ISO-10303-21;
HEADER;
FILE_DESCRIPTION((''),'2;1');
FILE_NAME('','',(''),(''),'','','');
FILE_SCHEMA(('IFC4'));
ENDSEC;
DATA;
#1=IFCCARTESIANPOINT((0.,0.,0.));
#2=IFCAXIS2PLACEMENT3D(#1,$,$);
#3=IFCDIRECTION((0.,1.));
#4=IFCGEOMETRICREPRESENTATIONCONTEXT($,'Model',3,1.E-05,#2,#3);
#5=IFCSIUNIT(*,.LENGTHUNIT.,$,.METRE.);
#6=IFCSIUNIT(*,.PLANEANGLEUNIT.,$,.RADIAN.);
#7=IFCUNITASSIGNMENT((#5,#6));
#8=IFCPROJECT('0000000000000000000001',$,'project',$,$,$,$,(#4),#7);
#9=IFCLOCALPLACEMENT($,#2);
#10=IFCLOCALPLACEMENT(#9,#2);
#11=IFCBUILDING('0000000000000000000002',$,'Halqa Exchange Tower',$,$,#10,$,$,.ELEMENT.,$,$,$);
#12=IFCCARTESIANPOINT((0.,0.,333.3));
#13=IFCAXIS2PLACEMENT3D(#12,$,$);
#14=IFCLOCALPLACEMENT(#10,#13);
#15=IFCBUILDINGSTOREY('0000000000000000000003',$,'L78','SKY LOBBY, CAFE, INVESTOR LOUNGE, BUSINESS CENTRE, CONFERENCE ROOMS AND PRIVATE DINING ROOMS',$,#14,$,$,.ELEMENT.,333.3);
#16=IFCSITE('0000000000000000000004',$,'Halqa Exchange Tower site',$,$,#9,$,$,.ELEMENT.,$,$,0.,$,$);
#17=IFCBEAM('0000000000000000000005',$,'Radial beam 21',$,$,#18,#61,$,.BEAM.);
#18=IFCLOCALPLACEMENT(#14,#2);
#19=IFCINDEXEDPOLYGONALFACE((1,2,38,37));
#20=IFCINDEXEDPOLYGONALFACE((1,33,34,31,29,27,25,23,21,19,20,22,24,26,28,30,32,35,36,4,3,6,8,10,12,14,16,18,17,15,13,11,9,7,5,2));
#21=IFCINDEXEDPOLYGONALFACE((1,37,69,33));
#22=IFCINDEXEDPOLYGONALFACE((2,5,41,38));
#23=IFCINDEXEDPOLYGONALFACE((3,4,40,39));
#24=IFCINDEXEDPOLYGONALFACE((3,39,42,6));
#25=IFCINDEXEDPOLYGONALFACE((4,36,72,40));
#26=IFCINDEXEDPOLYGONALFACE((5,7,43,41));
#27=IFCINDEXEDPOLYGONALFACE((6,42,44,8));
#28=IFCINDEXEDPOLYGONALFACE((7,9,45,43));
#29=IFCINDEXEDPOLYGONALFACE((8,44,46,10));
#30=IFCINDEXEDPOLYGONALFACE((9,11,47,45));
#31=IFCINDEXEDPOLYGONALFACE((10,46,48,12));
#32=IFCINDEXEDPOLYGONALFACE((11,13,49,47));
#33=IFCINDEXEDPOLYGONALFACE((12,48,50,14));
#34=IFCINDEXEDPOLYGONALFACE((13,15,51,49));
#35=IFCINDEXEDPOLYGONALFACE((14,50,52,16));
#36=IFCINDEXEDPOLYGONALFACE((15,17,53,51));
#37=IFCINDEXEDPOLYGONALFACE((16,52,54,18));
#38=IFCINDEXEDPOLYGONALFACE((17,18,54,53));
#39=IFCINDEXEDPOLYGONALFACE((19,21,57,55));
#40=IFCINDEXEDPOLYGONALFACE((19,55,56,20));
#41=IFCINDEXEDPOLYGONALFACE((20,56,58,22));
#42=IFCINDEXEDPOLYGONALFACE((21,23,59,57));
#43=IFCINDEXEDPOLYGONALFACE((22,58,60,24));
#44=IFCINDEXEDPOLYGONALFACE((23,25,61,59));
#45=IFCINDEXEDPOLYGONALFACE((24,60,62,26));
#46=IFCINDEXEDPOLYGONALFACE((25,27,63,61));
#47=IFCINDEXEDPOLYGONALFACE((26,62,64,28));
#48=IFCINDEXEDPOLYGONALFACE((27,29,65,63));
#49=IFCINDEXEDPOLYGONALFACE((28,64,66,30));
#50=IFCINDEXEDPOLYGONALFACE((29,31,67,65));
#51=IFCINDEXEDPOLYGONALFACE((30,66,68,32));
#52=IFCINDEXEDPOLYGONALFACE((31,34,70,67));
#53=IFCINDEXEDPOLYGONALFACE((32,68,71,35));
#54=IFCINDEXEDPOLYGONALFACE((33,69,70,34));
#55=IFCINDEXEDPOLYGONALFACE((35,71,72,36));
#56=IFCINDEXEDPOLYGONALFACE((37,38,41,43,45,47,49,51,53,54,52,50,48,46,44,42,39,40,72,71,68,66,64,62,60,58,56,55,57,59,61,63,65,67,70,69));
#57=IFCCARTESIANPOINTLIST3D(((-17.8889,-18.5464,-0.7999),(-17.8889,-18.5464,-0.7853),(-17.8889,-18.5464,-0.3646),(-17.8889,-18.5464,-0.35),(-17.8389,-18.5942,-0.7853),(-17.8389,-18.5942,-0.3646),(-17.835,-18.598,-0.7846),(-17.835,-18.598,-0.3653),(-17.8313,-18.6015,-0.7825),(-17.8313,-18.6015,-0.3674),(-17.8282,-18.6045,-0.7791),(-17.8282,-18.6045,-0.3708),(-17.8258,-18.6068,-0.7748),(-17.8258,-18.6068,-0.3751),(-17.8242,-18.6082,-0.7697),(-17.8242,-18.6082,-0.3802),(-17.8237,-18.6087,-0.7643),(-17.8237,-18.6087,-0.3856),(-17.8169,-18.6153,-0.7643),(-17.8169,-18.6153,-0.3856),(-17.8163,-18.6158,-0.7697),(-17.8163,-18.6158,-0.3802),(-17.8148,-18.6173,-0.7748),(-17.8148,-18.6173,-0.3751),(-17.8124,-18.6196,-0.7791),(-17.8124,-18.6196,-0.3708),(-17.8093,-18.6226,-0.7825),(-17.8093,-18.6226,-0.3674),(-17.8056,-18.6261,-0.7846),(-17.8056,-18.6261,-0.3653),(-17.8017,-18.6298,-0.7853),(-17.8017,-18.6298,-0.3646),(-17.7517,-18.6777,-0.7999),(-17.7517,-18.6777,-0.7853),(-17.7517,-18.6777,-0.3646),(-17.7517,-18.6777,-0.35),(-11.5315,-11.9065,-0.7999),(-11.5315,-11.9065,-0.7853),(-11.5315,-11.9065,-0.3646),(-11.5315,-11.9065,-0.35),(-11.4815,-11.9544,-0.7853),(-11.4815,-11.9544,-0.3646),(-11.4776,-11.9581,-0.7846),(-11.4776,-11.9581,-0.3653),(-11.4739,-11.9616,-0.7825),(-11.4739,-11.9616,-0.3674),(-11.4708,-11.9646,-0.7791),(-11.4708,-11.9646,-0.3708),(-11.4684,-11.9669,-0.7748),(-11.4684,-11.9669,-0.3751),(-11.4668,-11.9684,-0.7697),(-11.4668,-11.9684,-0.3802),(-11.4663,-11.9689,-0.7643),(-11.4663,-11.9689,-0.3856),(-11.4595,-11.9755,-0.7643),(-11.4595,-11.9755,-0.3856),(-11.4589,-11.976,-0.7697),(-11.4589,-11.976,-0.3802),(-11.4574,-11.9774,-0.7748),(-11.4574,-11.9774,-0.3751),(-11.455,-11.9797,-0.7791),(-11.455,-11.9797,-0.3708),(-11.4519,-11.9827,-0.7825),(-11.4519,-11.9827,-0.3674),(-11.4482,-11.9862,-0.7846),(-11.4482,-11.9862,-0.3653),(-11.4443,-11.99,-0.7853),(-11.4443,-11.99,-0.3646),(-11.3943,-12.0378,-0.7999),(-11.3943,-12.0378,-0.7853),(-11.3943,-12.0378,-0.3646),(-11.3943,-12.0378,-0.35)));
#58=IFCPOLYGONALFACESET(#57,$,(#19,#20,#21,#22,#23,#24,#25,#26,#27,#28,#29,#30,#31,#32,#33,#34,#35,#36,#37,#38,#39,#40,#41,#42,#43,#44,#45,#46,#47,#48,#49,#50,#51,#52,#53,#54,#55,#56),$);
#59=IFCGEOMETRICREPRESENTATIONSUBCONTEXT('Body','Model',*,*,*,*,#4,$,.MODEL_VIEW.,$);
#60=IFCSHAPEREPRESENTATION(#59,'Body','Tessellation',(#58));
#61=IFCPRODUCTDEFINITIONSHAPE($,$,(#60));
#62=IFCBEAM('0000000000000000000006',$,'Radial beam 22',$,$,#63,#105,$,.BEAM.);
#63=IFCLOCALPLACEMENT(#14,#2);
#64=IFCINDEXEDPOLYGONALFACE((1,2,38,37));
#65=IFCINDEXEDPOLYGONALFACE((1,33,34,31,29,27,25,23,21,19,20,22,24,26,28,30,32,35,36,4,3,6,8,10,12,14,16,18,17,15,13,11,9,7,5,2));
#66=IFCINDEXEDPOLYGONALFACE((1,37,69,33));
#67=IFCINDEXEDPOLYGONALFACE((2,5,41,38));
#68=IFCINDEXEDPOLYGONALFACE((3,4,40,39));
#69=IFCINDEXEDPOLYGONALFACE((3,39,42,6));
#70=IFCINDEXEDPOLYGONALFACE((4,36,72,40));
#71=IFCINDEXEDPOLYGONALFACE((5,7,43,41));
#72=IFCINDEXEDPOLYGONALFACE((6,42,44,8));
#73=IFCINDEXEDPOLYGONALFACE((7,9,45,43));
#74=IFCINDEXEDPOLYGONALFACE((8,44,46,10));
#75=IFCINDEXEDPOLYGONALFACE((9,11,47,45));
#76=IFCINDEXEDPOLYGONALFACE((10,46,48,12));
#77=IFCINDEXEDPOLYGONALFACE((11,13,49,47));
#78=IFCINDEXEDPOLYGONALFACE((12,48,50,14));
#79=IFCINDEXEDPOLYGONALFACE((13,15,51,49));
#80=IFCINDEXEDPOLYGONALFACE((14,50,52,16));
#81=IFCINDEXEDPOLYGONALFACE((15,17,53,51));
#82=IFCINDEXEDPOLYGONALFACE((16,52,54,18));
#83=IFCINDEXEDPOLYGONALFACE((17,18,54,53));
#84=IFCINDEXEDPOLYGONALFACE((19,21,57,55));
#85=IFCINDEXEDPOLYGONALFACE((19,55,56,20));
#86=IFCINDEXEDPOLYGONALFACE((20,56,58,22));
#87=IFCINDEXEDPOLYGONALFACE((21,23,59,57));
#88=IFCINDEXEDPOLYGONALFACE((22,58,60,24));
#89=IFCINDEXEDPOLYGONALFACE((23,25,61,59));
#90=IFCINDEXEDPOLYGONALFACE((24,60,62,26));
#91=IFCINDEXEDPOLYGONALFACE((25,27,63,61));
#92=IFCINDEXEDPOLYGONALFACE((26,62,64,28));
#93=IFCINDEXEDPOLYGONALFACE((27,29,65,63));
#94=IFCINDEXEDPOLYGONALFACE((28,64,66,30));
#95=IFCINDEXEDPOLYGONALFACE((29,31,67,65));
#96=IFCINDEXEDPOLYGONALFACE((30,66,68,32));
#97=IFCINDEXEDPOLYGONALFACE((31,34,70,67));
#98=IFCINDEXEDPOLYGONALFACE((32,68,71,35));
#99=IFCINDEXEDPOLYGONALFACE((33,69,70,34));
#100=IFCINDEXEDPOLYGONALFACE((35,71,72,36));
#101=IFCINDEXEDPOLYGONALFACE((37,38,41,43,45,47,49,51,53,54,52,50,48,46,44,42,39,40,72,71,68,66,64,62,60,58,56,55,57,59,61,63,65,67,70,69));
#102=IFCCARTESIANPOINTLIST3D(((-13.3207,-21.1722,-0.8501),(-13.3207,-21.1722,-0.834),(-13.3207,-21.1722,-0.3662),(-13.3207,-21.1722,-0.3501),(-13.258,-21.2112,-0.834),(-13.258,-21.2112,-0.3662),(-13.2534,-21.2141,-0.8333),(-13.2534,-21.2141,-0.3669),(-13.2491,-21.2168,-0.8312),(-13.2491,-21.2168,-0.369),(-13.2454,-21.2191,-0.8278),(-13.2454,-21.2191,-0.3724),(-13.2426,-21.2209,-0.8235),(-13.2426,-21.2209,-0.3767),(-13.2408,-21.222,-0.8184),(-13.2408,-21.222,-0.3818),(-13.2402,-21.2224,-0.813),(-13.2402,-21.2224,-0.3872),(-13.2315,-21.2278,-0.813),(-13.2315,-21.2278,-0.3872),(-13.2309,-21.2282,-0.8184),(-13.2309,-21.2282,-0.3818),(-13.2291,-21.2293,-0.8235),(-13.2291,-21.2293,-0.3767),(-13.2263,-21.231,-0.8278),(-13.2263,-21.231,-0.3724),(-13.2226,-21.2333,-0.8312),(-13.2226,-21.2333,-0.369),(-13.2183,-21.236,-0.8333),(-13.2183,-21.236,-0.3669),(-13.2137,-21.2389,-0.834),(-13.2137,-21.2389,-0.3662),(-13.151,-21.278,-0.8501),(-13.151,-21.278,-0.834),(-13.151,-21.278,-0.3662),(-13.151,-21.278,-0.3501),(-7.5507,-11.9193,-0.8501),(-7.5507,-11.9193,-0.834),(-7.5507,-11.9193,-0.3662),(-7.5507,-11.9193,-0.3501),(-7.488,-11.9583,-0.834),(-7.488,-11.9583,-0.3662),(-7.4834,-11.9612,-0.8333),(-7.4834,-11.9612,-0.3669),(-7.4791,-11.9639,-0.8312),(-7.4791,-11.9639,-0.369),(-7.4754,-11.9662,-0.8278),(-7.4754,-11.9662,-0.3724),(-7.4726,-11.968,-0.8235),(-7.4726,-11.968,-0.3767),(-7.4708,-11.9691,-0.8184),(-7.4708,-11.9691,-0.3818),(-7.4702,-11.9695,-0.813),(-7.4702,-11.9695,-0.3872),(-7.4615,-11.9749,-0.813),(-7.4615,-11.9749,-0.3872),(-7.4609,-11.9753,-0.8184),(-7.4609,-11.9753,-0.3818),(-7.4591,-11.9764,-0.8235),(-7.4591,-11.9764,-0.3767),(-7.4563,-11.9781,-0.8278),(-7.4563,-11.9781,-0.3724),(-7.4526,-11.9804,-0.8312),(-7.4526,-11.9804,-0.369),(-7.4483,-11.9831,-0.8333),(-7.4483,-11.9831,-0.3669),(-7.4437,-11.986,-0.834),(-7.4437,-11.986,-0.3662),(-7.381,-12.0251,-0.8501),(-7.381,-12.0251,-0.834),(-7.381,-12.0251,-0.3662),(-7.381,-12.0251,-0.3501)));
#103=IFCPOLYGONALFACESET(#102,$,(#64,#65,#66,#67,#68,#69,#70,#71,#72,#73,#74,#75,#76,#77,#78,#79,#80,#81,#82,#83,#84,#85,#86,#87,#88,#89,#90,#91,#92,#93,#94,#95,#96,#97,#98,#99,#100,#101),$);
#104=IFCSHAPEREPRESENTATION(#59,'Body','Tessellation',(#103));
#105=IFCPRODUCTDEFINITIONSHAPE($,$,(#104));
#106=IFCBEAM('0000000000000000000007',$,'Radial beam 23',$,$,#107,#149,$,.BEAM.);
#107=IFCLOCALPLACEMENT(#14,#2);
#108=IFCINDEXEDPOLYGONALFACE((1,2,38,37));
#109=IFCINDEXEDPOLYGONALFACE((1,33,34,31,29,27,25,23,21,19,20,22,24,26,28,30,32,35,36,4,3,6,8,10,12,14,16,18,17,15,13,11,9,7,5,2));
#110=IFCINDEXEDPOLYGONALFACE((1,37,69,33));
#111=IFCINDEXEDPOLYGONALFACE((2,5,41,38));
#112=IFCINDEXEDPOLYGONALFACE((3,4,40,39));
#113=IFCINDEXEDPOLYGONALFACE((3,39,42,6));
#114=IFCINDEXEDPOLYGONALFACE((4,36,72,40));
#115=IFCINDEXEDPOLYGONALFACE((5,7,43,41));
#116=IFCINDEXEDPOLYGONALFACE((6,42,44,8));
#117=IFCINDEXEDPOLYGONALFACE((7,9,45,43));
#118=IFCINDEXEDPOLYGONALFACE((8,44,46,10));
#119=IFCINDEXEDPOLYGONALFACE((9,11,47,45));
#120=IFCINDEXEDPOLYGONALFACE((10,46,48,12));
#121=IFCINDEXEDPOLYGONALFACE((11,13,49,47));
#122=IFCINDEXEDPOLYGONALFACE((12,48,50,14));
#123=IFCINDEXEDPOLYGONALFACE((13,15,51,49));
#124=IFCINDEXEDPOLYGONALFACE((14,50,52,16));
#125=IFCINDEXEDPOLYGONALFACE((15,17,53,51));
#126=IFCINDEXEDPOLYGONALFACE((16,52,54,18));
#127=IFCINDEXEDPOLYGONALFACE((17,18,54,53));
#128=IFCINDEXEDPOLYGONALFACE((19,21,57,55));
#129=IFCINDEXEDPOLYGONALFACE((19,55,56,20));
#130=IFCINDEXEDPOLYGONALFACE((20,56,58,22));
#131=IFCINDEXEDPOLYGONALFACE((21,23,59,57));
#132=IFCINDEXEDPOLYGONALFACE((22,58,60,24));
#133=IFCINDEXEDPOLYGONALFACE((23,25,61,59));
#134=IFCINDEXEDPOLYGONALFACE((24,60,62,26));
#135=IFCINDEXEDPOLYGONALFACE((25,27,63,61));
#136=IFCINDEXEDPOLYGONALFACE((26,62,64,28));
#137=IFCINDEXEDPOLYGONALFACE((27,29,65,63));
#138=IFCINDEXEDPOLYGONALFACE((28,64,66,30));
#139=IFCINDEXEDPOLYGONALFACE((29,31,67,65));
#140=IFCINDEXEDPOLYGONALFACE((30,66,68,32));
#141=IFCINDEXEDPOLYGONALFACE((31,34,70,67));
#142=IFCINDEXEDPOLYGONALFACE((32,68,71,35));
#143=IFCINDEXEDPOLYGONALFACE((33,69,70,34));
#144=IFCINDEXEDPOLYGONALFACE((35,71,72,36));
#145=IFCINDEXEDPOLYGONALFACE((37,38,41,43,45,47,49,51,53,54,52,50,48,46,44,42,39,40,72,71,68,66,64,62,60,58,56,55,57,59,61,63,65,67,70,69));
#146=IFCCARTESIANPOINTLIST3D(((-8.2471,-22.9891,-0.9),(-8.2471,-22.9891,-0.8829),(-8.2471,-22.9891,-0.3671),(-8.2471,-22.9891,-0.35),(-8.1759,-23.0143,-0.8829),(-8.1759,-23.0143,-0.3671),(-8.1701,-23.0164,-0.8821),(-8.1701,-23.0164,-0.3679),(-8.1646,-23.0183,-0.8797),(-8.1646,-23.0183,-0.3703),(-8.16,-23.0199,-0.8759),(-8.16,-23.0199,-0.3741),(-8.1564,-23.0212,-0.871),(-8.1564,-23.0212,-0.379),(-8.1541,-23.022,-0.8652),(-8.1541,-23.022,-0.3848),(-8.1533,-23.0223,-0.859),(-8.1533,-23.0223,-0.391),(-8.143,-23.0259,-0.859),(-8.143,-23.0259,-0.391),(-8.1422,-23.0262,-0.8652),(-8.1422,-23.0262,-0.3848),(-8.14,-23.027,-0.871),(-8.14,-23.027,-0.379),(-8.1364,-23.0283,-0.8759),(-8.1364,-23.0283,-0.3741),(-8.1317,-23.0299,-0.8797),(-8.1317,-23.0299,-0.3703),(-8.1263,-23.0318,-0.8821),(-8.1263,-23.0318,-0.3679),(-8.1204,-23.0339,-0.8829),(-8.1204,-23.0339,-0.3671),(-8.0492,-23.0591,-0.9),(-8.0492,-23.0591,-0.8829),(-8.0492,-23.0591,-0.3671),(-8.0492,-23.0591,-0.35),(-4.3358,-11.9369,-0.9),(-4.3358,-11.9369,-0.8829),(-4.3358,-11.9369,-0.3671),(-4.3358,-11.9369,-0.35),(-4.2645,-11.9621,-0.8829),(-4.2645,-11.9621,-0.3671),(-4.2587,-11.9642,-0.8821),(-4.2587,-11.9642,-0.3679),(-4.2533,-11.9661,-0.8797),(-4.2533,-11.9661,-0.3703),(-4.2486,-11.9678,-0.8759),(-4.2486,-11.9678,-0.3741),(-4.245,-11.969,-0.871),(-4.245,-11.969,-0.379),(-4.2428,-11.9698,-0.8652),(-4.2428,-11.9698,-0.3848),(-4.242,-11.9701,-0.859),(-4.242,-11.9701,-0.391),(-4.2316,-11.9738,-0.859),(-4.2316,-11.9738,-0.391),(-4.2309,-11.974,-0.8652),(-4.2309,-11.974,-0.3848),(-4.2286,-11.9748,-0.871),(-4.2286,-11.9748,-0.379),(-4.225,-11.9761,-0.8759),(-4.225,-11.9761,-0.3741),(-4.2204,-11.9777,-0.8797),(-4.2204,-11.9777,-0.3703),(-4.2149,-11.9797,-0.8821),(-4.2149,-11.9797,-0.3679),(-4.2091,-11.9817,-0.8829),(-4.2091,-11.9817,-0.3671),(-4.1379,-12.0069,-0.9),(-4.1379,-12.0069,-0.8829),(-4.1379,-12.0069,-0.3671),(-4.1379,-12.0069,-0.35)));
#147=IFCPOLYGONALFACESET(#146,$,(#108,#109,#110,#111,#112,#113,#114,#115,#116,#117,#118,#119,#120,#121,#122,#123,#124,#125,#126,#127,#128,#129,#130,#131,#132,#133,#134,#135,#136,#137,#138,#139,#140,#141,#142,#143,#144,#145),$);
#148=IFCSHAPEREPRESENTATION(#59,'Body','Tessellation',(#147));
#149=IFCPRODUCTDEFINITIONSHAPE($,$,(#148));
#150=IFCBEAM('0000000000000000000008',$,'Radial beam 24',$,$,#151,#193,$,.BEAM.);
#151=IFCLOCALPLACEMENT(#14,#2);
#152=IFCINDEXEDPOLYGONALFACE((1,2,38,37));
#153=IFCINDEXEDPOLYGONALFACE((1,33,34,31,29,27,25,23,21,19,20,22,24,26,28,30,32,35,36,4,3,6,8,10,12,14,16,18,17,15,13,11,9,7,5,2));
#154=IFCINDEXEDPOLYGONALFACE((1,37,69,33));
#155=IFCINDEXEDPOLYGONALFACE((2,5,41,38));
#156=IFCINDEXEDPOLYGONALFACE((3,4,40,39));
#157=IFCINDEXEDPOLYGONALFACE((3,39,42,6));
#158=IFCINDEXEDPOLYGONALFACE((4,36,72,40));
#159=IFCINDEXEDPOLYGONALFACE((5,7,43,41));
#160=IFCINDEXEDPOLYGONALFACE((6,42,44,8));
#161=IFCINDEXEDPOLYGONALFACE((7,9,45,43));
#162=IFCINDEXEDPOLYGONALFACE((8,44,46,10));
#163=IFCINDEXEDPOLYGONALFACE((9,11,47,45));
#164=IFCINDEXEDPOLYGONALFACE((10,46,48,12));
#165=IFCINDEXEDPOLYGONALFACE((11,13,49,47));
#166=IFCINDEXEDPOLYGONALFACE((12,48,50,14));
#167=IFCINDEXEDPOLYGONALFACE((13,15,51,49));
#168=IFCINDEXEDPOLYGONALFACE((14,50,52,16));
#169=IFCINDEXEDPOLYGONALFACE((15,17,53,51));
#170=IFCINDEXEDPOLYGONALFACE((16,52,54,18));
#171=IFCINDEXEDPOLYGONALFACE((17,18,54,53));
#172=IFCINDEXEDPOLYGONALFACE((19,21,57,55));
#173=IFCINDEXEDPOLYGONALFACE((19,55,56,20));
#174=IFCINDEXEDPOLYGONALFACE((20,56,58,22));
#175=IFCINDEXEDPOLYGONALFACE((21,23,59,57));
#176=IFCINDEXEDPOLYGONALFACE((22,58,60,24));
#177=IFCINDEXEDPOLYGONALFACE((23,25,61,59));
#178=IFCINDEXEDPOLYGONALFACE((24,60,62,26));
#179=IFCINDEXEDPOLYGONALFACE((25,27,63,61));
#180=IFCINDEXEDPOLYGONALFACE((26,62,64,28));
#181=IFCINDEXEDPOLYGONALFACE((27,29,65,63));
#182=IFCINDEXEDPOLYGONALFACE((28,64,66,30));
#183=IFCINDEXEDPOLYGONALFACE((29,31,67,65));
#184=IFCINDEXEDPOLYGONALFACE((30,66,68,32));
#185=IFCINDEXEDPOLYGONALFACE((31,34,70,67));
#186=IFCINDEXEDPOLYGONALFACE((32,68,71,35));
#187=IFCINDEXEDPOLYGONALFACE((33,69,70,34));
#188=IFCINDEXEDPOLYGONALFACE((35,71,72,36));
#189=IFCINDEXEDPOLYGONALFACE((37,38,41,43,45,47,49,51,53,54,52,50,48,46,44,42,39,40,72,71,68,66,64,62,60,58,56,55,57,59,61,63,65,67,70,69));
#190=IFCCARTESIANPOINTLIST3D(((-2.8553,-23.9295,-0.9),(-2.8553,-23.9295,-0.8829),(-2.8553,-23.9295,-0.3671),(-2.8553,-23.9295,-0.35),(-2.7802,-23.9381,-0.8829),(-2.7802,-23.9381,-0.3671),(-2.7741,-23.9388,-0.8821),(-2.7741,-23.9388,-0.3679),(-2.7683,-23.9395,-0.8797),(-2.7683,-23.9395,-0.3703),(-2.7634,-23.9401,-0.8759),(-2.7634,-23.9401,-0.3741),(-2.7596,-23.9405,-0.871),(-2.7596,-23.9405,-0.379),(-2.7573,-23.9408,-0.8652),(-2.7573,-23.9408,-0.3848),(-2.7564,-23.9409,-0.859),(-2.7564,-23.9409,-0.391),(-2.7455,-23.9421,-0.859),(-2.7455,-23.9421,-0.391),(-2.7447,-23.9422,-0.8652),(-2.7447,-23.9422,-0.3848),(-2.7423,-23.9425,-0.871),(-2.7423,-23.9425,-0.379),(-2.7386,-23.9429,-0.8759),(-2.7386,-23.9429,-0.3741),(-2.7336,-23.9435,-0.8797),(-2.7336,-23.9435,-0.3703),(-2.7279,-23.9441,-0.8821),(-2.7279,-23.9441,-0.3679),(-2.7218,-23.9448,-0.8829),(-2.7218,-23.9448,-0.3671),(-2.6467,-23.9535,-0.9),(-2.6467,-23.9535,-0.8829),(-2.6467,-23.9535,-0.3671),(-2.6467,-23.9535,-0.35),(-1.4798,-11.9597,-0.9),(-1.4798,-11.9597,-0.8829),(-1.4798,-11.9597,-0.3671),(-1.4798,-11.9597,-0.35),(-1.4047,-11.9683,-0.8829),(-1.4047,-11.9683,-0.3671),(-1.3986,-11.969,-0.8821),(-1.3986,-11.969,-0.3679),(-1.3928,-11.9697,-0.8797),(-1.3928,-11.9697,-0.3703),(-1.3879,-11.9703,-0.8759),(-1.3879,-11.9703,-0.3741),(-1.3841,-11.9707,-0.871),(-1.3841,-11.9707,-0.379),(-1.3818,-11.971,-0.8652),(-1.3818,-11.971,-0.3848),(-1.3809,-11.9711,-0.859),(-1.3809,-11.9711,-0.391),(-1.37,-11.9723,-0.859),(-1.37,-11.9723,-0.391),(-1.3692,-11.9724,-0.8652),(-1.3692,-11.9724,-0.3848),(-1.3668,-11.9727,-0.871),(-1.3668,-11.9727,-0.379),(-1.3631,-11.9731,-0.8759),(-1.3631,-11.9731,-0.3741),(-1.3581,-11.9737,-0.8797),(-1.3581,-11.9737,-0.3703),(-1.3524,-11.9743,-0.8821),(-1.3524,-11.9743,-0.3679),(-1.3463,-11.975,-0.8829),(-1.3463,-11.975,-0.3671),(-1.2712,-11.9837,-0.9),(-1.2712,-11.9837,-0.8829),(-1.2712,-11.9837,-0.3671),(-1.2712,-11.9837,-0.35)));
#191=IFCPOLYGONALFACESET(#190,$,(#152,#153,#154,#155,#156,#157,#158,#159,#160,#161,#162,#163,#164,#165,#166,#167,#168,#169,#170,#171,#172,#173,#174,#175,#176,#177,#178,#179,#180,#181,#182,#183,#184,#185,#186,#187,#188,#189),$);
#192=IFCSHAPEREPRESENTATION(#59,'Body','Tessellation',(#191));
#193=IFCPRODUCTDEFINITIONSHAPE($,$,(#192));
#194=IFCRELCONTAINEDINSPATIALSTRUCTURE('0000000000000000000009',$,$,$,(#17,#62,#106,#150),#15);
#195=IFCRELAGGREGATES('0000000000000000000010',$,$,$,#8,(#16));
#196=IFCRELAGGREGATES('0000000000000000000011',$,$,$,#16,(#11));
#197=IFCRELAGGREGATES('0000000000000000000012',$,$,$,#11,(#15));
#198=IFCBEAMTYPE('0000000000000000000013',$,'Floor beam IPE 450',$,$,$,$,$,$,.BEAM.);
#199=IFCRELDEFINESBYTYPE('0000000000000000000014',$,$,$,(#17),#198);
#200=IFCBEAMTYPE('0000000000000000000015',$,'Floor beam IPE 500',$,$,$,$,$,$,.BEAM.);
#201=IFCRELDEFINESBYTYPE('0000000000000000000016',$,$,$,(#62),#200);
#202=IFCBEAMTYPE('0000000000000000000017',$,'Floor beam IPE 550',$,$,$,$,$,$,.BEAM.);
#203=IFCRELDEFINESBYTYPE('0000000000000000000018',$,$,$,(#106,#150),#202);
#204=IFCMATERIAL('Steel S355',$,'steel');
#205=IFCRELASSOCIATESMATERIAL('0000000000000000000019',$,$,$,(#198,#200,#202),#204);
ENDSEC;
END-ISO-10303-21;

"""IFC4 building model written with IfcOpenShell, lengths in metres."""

from ifc_helpers import new_model, si_unit, direction, frame, origin, origin_2d, place, context, subcontext, project, spatial, i_section, extrude, material, material_profile, profile_set, type_object, element, save


model = new_model("IFC4")

# Units and contexts
model_context = context("Model", 3, precision=1e-05, world=origin(), true_north=direction((0.0, 1.0)))
body_context = subcontext(model_context, "Body", "Model", "MODEL_VIEW")
ifc_project = project(units=[si_unit("LENGTHUNIT", "METRE"), si_unit("PLANEANGLEUNIT", "RADIAN")], contexts=[model_context])

# Site, building, storey
site_placement = place(None, origin())
site = spatial("IfcSite", under=ifc_project, at=site_placement, Name="Halqa Exchange Tower site", CompositionType="ELEMENT", RefElevation=0.0)
building_placement = place(site_placement, origin())
building = spatial("IfcBuilding", under=site, at=building_placement, Name="Halqa Exchange Tower", CompositionType="ELEMENT")
storey_placement = place(building_placement, frame((0.0, 0.0, 333.3)))
storey = spatial("IfcBuildingStorey", under=building, at=storey_placement, Name="L78", Description="SKY LOBBY, CAFE, INVESTOR LOUNGE, BUSINESS CENTRE, CONFERENCE ROOMS AND PRIVATE DINING ROOMS", CompositionType="ELEMENT", Elevation=333.3)

# Beams
ifc_material_1 = material(Name="Steel S355", Category="steel")
ifc_material_profile_1 = material_profile(ifc_material_1, i_section(OverallWidth=0.1899, OverallDepth=0.45, WebThickness=0.0095, FlangeThickness=0.0146, FilletRadius=0.021, at=origin_2d()), Name="IPE 450")
ifc_profile_set_1 = profile_set([ifc_material_profile_1], Name="Steel S355")
beam_type_1 = type_object("IfcBeamType", Name="Floor beam IPE 450", PredefinedType="BEAM", material=ifc_profile_set_1)
beam_1_placement = place(storey_placement, frame((-11.4629, -11.9722, -0.575), z_axis=(-0.691576, -0.722304, 0.0), x_axis=(0.722304, -0.691576, 0.0)))
element("IfcBeam", 1, at=beam_1_placement, inside=storey, type_object=beam_type_1, Name="Radial beam 21", PredefinedType="BEAM", context=body_context, shape_type="SweptSolid", body=[
    extrude(i_section(OverallWidth=0.1899, OverallDepth=0.45, WebThickness=0.0095, FlangeThickness=0.0146, FilletRadius=0.021, at=origin_2d()), origin(), (0.0, 0.0, 1.0), 9.1926),
])
ifc_material_profile_2 = material_profile(ifc_material_1, i_section(OverallWidth=0.2, OverallDepth=0.5, WebThickness=0.0103, FlangeThickness=0.0161, FilletRadius=0.021, at=origin_2d()), Name="IPE 500")
ifc_profile_set_2 = profile_set([ifc_material_profile_2], Name="Steel S355")
beam_type_2 = type_object("IfcBeamType", Name="Floor beam IPE 500", PredefinedType="BEAM", material=ifc_profile_set_2)
beam_2_placement = place(storey_placement, frame((-7.4658, -11.9722, -0.6001), z_axis=(-0.529137, -0.848536, 0.0), x_axis=(0.848536, -0.529137, 0.0)))
element("IfcBeam", 2, at=beam_2_placement, inside=storey, type_object=beam_type_2, Name="Radial beam 22", PredefinedType="BEAM", context=body_context, shape_type="SweptSolid", body=[
    extrude(i_section(OverallWidth=0.2, OverallDepth=0.5, WebThickness=0.0103, FlangeThickness=0.0161, FilletRadius=0.021, at=origin_2d()), origin(), (0.0, 0.0, 1.0), 10.9045),
])
ifc_material_profile_3 = material_profile(ifc_material_1, i_section(OverallWidth=0.21, OverallDepth=0.55, WebThickness=0.011, FlangeThickness=0.0171, FilletRadius=0.0239, at=origin_2d()), Name="IPE 550")
ifc_profile_set_3 = profile_set([ifc_material_profile_3], Name="Steel S355")
beam_type_3 = type_object("IfcBeamType", Name="Floor beam IPE 550", PredefinedType="BEAM", material=ifc_profile_set_3)
beam_3_placement = place(storey_placement, frame((-4.2368, -11.9719, -0.625), z_axis=(-0.333623, -0.942707, 0.0), x_axis=(0.942707, -0.333623, 0.0)))
element("IfcBeam", 3, at=beam_3_placement, inside=storey, type_object=beam_type_3, Name="Radial beam 23", PredefinedType="BEAM", context=body_context, shape_type="SweptSolid", body=[
    extrude(i_section(OverallWidth=0.21, OverallDepth=0.55, WebThickness=0.011, FlangeThickness=0.0171, FilletRadius=0.0239, at=origin_2d()), origin(), (0.0, 0.0, 1.0), 11.7239),
])
beam_4_placement = place(storey_placement, frame((-1.3755, -11.9717, -0.625), z_axis=(-0.114163, -0.993462, 0.0), x_axis=(0.993462, -0.114163, 0.0)))
element("IfcBeam", 4, at=beam_4_placement, inside=storey, type_object=beam_type_3, Name="Radial beam 24", PredefinedType="BEAM", context=body_context, shape_type="SweptSolid", body=[
    extrude(i_section(OverallWidth=0.21, OverallDepth=0.55, WebThickness=0.011, FlangeThickness=0.0171, FilletRadius=0.0239, at=origin_2d()), origin(), (0.0, 0.0, 1.0), 12.0486),
])

save(model, "model.ifc")
